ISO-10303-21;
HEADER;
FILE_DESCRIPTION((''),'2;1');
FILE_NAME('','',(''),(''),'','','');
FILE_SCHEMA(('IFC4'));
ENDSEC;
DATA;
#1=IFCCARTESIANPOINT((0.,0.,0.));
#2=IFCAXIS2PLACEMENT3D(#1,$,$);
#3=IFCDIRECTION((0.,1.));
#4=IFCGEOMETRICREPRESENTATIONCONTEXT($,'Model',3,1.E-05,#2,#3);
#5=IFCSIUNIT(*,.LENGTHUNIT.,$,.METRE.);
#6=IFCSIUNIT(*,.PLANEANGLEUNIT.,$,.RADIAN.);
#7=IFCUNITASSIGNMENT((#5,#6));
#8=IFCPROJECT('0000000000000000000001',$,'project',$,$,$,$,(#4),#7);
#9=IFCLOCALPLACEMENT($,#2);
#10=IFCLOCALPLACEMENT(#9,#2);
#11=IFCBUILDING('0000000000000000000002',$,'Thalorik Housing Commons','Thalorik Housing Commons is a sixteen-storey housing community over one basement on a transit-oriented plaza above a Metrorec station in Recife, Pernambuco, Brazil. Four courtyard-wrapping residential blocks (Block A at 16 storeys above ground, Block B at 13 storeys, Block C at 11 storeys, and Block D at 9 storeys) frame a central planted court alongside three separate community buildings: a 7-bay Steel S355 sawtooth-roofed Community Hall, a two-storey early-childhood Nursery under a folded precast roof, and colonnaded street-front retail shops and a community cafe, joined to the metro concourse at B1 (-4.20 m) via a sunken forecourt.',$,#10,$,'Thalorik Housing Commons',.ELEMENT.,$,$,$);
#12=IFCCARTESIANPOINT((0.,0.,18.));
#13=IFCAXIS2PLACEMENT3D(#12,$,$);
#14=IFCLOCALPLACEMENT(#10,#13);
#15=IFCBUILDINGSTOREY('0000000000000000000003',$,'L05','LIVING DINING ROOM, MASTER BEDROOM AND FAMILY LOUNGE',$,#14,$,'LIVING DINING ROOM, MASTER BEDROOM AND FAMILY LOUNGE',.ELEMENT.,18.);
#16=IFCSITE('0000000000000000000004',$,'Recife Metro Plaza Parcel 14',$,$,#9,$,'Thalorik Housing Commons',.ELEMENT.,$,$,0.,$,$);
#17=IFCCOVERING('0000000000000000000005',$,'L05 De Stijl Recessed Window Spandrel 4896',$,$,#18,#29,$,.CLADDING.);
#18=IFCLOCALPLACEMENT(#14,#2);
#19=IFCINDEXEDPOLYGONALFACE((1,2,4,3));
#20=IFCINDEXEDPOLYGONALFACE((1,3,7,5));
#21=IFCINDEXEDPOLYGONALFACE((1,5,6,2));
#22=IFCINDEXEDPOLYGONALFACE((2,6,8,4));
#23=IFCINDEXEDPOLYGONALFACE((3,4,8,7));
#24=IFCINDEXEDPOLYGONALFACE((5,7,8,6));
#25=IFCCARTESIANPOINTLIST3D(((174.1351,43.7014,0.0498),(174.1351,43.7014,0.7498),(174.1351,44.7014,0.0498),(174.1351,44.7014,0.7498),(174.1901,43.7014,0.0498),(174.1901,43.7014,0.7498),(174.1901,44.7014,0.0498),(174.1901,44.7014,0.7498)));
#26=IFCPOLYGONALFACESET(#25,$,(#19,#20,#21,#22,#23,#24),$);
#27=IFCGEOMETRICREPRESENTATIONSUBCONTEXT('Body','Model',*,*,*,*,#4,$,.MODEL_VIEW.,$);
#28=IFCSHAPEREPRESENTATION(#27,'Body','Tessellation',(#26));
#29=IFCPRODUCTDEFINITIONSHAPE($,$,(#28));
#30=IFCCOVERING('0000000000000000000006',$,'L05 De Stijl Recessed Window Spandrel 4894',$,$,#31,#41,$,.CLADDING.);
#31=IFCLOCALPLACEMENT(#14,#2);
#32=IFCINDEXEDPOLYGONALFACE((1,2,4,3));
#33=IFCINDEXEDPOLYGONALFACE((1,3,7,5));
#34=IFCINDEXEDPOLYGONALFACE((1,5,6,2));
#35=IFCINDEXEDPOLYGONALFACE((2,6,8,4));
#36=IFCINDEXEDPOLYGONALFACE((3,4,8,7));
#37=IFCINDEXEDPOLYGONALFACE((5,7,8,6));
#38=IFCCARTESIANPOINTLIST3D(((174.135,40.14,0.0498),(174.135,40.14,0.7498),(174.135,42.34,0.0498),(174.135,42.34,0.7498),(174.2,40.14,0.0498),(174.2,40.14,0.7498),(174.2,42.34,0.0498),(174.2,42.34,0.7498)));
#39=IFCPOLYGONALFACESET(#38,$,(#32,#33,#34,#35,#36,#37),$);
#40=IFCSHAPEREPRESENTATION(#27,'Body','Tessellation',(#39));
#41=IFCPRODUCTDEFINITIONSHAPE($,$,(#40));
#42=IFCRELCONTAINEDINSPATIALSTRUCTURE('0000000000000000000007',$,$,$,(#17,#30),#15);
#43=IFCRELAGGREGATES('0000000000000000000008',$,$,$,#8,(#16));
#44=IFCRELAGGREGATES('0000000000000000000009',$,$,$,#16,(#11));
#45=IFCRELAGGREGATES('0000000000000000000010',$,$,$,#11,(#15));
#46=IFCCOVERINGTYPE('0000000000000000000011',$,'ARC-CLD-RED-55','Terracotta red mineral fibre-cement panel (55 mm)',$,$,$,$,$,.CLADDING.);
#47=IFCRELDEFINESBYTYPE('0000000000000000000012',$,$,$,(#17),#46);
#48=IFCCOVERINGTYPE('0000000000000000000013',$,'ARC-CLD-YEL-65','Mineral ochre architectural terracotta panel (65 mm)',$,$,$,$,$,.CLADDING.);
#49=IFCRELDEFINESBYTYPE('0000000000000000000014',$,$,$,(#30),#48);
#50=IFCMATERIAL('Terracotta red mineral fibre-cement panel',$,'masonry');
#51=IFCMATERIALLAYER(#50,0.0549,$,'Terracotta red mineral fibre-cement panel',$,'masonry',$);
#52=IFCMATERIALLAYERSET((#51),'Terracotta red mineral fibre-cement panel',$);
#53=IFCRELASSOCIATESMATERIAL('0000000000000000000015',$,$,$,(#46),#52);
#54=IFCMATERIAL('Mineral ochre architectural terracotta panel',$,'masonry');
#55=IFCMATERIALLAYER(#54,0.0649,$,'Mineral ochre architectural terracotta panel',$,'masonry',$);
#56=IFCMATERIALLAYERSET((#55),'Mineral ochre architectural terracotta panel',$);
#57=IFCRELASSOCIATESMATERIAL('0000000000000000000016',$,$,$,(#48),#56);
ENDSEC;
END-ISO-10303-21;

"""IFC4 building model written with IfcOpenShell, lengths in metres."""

from ifc_helpers import new_model, si_unit, direction, frame, origin, origin_2d, place, context, subcontext, project, spatial, rectangle, extrude, material, layer, layer_set, type_object, element, save


model = new_model("IFC4")

# Units and contexts
model_context = context("Model", 3, precision=1e-05, world=origin(), true_north=direction((0.0, 1.0)))
body_context = subcontext(model_context, "Body", "Model", "MODEL_VIEW")
ifc_project = project(units=[si_unit("LENGTHUNIT", "METRE"), si_unit("PLANEANGLEUNIT", "RADIAN")], contexts=[model_context])

# Site, building, storey
site_placement = place(None, origin())
site = spatial("IfcSite", under=ifc_project, at=site_placement, Name="Recife Metro Plaza Parcel 14", LongName="Thalorik Housing Commons", CompositionType="ELEMENT", RefElevation=0.0)
building_placement = place(site_placement, origin())
building = spatial("IfcBuilding", under=site, at=building_placement, Name="Thalorik Housing Commons", Description="Thalorik Housing Commons is a sixteen-storey housing community over one basement on a transit-oriented plaza above a Metrorec station in Recife, Pernambuco, Brazil. Four courtyard-wrapping residential blocks (Block A at 16 storeys above ground, Block B at 13 storeys, Block C at 11 storeys, and Block D at 9 storeys) frame a central planted court alongside three separate community buildings: a 7-bay Steel S355 sawtooth-roofed Community Hall, a two-storey early-childhood Nursery under a folded precast roof, and colonnaded street-front retail shops and a community cafe, joined to the metro concourse at B1 (-4.20 m) via a sunken forecourt.", LongName="Thalorik Housing Commons", CompositionType="ELEMENT")
storey_placement = place(building_placement, frame((0.0, 0.0, 18.0)))
storey = spatial("IfcBuildingStorey", under=building, at=storey_placement, Name="L05", Description="LIVING DINING ROOM, MASTER BEDROOM AND FAMILY LOUNGE", LongName="LIVING DINING ROOM, MASTER BEDROOM AND FAMILY LOUNGE", CompositionType="ELEMENT", Elevation=18.0)

# Coverings
ifc_material_1 = material(Name="Terracotta red mineral fibre-cement panel", Category="masonry")
ifc_layer_1 = layer(ifc_material_1, 0.0549, Name="Terracotta red mineral fibre-cement panel", Category="masonry")
ifc_layer_set_1 = layer_set([ifc_layer_1], Name="Terracotta red mineral fibre-cement panel")
covering_type_1 = type_object("IfcCoveringType", Name="ARC-CLD-RED-55", Description="Terracotta red mineral fibre-cement panel (55 mm)", PredefinedType="CLADDING", material=ifc_layer_set_1)
covering_1_placement = place(storey_placement, frame((174.1626, 44.2014, 0.0498), z_axis=(0.0, 0.0, 1.0), x_axis=(0.0, 1.0, 0.0)))
element("IfcCovering", 1, at=covering_1_placement, inside=storey, type_object=covering_type_1, Name="L05 De Stijl Recessed Window Spandrel 4896", PredefinedType="CLADDING", context=body_context, shape_type="SweptSolid", body=[
    extrude(rectangle(XDim=1.0, YDim=0.0549, at=origin_2d()), origin(), (0.0, 0.0, 1.0), 0.7),
])
ifc_material_2 = material(Name="Mineral ochre architectural terracotta panel", Category="masonry")
ifc_layer_2 = layer(ifc_material_2, 0.0649, Name="Mineral ochre architectural terracotta panel", Category="masonry")
ifc_layer_set_2 = layer_set([ifc_layer_2], Name="Mineral ochre architectural terracotta panel")
covering_type_2 = type_object("IfcCoveringType", Name="ARC-CLD-YEL-65", Description="Mineral ochre architectural terracotta panel (65 mm)", PredefinedType="CLADDING", material=ifc_layer_set_2)
covering_2_placement = place(storey_placement, frame((174.1675, 41.24, 0.0498), z_axis=(0.0, 0.0, 1.0), x_axis=(0.0, 1.0, 0.0)))
element("IfcCovering", 2, at=covering_2_placement, inside=storey, type_object=covering_type_2, Name="L05 De Stijl Recessed Window Spandrel 4894", PredefinedType="CLADDING", context=body_context, shape_type="SweptSolid", body=[
    extrude(rectangle(XDim=2.2, YDim=0.0649, at=origin_2d()), origin(), (0.0, 0.0, 1.0), 0.7),
])

save(model, "model.ifc")
